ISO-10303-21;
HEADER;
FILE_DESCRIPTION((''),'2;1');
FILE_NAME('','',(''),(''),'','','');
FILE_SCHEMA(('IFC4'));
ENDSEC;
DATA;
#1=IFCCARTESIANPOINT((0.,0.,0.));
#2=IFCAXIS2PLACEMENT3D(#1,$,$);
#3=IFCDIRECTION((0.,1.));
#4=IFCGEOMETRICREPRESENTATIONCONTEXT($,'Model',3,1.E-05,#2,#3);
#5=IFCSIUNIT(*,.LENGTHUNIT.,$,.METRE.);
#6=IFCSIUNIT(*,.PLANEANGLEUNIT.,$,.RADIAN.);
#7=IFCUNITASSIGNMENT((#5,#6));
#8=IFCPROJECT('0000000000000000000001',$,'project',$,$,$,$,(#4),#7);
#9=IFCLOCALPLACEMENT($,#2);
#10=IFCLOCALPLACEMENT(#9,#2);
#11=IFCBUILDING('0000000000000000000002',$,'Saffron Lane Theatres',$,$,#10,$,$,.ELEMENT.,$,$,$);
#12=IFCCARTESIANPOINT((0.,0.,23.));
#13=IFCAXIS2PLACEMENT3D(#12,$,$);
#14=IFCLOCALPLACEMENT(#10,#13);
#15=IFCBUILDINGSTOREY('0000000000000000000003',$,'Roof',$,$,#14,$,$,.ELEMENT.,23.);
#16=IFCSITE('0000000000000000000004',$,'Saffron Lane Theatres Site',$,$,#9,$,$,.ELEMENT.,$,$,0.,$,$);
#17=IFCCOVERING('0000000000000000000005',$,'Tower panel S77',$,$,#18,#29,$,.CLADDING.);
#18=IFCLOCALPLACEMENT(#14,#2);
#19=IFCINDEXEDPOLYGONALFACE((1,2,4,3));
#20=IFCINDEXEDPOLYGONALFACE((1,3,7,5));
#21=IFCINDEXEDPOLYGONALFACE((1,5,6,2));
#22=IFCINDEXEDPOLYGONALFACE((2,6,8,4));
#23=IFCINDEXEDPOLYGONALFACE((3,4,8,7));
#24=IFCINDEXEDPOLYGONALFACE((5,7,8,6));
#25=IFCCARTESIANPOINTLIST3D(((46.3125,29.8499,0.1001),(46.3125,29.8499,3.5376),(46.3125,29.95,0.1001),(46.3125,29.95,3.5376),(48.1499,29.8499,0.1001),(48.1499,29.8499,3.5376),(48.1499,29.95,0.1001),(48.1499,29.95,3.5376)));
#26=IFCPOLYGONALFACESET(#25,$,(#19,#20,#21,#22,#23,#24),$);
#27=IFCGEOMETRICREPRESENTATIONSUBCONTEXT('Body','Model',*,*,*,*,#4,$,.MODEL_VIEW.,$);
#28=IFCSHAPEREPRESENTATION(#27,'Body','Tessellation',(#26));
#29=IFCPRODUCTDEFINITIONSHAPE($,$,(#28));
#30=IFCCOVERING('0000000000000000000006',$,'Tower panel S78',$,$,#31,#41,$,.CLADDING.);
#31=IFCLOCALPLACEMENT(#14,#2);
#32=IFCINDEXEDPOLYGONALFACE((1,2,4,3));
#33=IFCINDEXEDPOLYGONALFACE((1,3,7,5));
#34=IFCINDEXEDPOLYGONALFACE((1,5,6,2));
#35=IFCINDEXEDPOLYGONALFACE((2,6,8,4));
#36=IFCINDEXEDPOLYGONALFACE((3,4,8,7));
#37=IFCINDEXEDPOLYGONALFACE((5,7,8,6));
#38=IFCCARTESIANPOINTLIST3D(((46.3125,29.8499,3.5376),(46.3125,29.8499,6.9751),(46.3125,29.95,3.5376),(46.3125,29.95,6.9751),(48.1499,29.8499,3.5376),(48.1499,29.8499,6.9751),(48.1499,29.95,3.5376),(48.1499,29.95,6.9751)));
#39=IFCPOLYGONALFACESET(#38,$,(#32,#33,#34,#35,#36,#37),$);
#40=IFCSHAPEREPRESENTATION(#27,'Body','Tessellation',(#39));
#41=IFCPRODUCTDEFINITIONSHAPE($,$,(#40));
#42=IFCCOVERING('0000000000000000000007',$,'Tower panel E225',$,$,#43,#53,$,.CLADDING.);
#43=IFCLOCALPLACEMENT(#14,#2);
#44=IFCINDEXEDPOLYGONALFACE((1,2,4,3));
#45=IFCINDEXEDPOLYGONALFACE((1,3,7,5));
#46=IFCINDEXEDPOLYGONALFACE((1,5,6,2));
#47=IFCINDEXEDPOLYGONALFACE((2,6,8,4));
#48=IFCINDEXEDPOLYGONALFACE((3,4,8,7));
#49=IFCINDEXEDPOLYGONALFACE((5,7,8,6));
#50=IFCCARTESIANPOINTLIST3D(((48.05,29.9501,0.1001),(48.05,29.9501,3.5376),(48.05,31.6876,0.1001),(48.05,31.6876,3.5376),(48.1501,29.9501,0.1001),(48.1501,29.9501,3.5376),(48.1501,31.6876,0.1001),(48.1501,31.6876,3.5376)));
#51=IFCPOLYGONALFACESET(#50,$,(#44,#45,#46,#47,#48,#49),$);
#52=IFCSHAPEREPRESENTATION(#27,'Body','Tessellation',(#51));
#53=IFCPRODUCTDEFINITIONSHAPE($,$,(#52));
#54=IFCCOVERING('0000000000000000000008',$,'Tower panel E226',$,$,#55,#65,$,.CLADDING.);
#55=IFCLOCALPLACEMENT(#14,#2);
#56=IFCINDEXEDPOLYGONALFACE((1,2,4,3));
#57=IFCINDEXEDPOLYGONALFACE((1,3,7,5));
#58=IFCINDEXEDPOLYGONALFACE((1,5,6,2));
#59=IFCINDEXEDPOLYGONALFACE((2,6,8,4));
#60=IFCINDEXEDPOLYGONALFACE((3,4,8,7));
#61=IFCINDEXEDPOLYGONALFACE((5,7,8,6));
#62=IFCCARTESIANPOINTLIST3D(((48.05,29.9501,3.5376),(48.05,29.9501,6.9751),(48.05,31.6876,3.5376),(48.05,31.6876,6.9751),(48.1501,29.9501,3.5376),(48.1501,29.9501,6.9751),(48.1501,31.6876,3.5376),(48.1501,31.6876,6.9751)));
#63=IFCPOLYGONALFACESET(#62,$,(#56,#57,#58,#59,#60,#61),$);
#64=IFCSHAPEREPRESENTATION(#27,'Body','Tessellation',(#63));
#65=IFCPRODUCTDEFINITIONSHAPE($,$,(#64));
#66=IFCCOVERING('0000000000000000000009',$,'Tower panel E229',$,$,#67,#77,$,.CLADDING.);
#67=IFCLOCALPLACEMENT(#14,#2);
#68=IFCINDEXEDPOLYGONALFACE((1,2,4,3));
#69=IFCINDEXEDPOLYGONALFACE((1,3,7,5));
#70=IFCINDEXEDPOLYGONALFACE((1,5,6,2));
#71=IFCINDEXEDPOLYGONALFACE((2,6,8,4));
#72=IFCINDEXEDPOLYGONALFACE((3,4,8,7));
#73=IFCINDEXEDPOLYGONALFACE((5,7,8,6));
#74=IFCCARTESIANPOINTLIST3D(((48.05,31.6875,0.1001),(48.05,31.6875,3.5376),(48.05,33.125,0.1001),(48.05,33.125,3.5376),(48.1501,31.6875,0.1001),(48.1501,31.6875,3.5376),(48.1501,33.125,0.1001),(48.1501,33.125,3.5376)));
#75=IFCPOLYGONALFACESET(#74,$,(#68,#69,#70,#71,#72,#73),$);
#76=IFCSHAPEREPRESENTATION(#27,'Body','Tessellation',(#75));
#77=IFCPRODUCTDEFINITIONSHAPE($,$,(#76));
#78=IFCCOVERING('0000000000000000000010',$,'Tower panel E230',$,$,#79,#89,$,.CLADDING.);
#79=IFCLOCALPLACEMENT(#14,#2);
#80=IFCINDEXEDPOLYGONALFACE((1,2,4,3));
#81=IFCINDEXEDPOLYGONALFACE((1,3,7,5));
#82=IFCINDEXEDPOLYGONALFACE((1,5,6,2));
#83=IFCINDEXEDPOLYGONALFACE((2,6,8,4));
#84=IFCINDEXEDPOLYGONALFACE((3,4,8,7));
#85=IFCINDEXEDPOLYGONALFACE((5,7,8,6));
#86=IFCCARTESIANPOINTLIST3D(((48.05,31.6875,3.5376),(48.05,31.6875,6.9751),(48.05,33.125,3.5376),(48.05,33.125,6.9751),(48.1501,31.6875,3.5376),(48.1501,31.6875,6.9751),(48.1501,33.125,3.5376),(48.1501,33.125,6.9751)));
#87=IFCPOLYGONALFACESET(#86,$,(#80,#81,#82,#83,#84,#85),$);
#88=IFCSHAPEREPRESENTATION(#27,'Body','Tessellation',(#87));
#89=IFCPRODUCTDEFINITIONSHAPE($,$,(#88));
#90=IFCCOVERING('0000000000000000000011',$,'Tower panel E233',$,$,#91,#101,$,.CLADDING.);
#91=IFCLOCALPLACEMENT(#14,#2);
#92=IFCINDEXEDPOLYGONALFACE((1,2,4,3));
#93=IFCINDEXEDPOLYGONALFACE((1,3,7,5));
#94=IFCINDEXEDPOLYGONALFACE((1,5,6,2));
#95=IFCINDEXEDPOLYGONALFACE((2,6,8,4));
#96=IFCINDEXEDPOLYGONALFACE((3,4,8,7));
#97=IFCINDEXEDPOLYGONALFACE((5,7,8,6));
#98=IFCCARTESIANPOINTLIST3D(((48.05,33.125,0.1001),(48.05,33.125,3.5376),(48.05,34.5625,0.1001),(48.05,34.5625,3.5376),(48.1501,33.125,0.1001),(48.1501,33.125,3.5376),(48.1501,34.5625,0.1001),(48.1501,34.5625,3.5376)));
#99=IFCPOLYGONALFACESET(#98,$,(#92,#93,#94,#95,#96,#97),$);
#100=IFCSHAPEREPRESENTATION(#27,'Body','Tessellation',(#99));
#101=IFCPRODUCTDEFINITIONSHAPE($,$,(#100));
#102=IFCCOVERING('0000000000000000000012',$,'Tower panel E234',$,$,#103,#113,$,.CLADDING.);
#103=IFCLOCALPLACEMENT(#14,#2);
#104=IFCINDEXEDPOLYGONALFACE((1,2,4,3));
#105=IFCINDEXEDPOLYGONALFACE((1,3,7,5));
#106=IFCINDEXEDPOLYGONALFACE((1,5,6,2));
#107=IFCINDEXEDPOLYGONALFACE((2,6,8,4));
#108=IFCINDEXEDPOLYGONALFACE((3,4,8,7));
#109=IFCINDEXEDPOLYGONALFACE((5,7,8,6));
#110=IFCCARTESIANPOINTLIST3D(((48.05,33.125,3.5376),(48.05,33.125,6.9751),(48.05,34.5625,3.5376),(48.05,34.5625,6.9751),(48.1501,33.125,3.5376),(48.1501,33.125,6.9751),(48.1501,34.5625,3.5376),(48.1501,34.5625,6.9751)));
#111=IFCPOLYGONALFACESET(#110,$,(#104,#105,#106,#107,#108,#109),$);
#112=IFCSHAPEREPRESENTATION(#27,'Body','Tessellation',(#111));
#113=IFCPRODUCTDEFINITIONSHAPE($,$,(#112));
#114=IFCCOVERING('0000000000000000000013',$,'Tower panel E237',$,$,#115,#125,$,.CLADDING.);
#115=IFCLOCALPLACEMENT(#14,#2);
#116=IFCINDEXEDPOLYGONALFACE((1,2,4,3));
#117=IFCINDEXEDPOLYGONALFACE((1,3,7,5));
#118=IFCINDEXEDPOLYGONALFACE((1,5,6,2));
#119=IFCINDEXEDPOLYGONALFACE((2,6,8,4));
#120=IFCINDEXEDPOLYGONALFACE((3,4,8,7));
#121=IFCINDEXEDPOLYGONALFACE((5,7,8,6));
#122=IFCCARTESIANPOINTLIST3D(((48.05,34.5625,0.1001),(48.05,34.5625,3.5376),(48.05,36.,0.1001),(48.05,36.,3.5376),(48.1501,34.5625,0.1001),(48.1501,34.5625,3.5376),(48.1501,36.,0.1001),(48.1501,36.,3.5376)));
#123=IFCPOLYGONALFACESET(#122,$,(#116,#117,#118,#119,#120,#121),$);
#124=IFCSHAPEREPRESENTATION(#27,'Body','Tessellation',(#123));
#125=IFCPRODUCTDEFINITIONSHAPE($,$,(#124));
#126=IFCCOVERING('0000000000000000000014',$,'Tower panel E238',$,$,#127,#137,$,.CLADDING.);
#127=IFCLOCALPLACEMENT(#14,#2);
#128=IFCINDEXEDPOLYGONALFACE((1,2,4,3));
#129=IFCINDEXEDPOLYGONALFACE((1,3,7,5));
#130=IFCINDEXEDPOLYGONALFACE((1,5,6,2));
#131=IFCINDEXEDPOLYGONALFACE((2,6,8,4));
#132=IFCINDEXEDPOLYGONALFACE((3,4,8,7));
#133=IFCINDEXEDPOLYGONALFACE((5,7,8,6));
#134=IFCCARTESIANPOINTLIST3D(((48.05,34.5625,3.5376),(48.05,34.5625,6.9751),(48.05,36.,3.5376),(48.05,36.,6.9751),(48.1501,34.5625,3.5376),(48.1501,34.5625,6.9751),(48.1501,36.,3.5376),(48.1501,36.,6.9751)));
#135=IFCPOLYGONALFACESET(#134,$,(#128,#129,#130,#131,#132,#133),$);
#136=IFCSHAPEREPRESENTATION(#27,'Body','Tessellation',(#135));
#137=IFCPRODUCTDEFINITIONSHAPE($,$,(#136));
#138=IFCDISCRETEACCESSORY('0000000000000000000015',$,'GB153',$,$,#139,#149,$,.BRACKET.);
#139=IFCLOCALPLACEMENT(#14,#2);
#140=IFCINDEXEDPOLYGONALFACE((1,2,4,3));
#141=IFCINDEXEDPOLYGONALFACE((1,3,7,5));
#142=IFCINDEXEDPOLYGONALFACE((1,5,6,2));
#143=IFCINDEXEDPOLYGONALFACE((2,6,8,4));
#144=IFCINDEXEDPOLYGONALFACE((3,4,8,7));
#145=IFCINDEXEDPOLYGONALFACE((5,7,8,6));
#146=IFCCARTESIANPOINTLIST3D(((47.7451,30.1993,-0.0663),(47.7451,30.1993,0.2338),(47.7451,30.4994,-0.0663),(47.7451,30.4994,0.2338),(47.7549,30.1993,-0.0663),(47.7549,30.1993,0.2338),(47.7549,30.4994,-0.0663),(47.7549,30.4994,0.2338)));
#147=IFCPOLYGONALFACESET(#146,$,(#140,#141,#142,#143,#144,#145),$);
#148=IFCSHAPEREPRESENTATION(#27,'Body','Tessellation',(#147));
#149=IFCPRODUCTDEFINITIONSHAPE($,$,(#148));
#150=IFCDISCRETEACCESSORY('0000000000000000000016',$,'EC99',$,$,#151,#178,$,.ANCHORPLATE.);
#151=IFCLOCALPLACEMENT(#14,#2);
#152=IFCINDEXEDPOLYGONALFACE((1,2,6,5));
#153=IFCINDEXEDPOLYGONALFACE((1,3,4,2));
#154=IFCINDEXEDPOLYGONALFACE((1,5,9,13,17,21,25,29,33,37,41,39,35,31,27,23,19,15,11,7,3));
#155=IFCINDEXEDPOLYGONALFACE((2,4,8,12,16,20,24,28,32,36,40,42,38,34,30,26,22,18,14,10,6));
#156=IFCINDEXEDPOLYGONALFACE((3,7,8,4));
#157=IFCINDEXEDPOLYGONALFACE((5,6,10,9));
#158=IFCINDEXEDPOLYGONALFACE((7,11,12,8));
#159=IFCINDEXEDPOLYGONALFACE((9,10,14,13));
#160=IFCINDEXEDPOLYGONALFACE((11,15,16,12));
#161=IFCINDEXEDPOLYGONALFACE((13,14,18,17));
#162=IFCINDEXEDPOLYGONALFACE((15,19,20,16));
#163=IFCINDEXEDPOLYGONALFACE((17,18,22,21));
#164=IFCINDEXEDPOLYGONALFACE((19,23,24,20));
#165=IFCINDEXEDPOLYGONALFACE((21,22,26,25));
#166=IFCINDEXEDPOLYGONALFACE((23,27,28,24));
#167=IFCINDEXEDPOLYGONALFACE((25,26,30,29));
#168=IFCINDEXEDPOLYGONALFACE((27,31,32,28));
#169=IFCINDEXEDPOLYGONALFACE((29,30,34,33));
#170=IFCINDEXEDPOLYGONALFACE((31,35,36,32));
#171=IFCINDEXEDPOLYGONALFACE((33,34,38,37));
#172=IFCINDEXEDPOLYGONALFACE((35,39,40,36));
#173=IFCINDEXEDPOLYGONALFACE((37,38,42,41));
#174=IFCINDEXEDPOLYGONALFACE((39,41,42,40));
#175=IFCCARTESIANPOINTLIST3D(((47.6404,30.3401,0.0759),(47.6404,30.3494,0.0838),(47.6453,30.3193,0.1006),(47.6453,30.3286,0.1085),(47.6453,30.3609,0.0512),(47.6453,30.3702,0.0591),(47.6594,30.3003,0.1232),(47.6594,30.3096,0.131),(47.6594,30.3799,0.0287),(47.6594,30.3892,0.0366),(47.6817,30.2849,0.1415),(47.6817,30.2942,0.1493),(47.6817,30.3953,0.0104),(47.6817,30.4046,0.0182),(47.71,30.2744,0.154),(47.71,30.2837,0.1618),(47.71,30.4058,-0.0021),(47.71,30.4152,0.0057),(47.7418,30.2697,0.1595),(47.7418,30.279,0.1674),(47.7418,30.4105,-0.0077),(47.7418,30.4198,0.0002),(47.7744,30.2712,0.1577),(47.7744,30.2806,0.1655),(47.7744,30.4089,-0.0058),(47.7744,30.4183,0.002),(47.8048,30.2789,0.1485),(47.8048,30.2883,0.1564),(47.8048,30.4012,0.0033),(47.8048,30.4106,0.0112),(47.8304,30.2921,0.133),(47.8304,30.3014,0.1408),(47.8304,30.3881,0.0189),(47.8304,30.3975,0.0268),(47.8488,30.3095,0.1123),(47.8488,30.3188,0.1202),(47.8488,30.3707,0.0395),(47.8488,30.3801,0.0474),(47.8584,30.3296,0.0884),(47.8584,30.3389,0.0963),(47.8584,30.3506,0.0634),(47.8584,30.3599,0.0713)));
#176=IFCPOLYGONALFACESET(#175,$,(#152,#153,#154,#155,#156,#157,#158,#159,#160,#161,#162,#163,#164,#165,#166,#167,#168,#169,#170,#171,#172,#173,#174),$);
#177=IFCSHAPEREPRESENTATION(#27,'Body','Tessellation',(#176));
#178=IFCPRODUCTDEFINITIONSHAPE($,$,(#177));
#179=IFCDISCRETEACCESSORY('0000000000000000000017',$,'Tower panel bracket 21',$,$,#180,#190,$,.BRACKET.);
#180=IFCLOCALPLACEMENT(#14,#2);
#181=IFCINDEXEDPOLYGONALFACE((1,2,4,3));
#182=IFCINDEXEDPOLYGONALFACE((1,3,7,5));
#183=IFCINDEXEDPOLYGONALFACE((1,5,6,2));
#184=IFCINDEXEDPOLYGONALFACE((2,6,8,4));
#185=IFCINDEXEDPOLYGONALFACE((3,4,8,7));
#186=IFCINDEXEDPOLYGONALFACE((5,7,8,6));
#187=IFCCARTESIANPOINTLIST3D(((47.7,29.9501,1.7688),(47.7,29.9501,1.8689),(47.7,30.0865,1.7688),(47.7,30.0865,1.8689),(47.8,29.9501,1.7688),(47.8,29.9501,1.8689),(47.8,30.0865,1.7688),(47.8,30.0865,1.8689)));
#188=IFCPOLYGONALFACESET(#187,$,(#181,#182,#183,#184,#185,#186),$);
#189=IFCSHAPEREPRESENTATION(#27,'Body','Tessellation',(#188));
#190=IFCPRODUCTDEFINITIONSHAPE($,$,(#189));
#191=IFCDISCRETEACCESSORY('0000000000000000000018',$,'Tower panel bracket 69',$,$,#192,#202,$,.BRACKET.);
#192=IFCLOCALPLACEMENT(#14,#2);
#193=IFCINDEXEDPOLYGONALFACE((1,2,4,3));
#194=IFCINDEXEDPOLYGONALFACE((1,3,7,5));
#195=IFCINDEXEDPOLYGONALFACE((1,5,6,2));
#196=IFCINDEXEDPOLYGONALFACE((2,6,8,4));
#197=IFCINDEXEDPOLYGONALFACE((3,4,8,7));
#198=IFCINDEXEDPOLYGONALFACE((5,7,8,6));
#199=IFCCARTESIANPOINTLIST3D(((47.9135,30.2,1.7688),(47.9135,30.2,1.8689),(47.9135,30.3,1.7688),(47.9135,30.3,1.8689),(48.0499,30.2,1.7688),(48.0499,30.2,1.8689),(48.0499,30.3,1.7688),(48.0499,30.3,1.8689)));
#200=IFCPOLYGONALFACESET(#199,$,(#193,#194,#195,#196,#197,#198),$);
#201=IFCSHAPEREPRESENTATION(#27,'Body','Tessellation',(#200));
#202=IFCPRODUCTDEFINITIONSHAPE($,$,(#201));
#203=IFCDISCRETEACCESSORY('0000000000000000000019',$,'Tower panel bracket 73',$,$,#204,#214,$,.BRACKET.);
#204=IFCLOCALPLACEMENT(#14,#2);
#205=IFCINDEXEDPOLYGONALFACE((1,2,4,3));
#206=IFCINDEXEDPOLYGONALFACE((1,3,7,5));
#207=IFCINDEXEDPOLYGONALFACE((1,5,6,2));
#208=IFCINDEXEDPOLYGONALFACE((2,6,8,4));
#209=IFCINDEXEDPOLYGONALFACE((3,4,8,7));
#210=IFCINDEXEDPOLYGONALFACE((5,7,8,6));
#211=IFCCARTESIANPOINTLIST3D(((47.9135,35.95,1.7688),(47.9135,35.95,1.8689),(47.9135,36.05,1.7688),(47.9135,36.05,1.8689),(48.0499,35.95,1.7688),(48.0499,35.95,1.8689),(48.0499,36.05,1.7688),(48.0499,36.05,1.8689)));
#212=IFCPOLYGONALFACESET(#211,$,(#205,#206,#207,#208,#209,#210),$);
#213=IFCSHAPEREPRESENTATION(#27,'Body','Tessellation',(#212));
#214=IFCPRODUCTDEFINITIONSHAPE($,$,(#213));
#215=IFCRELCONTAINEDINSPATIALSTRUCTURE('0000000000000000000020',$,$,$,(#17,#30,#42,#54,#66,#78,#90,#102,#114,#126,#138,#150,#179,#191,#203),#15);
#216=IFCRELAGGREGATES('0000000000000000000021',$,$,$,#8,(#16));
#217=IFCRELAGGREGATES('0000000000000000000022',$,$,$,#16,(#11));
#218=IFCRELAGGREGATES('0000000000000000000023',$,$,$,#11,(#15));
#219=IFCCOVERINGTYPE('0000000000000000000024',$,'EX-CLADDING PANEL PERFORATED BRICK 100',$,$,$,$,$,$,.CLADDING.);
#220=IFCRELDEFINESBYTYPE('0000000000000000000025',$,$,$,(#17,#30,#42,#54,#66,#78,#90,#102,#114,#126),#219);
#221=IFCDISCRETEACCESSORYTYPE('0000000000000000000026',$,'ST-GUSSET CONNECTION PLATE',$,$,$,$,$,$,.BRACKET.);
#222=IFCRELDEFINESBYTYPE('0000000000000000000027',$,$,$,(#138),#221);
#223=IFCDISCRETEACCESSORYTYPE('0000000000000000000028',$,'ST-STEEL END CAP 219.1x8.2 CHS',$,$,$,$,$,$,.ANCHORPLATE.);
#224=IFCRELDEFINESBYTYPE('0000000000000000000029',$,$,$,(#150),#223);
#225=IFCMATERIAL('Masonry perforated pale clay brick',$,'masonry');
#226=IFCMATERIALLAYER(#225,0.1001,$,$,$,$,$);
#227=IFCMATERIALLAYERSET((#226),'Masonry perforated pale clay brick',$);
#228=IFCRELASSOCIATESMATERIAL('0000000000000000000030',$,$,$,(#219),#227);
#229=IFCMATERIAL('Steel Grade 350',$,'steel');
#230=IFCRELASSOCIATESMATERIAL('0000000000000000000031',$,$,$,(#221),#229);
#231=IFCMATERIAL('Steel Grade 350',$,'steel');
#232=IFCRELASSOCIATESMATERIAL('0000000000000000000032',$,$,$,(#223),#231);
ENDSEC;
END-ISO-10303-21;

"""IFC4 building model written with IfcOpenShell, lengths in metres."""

from ifc_helpers import new_model, si_unit, direction, frame, origin, origin_2d, place, context, subcontext, project, spatial, rectangle, circle, extrude, material, layer, layer_set, material_profile, profile_set, type_object, element, save


model = new_model("IFC4")

# Units and contexts
model_context = context("Model", 3, precision=1e-05, world=origin(), true_north=direction((0.0, 1.0)))
body_context = subcontext(model_context, "Body", "Model", "MODEL_VIEW")
ifc_project = project(units=[si_unit("LENGTHUNIT", "METRE"), si_unit("PLANEANGLEUNIT", "RADIAN")], contexts=[model_context])

# Site, building, storey
site_placement = place(None, origin())
site = spatial("IfcSite", under=ifc_project, at=site_placement, Name="Saffron Lane Theatres Site", CompositionType="ELEMENT", RefElevation=0.0)
building_placement = place(site_placement, origin())
building = spatial("IfcBuilding", under=site, at=building_placement, Name="Saffron Lane Theatres", CompositionType="ELEMENT")
storey_placement = place(building_placement, frame((0.0, 0.0, 23.0)))
storey = spatial("IfcBuildingStorey", under=building, at=storey_placement, Name="Roof", CompositionType="ELEMENT", Elevation=23.0)

# Coverings
ifc_material_1 = material(Name="Masonry perforated pale clay brick", Category="masonry")
ifc_layer_1 = layer(ifc_material_1, 0.1001)
ifc_layer_set_1 = layer_set([ifc_layer_1], Name="Masonry perforated pale clay brick")
covering_type_1 = type_object("IfcCoveringType", Name="EX-CLADDING PANEL PERFORATED BRICK 100", PredefinedType="CLADDING", material=ifc_layer_set_1)
for number, where, z_axis, x_axis, name in (
    (1, (47.2312, 29.8999, 0.1001), (0.0, 0.0, 1.0), (1.0, 0.0, 0.0), "Tower panel S77"),
    (2, (47.2312, 29.8999, 3.5376), (0.0, 0.0, 1.0), (1.0, 0.0, 0.0), "Tower panel S78"),
):
    element("IfcCovering", number, at=place(storey_placement, frame(where, z_axis=z_axis, x_axis=x_axis)), inside=storey, type_object=covering_type_1, Name=name, PredefinedType="CLADDING", context=body_context, shape_type="SweptSolid", body=[
        extrude(rectangle(XDim=1.8374, YDim=0.1001, at=origin_2d()), origin(), (0.0, 0.0, 1.0), 3.4375),
    ])
for number, where, z_axis, x_axis, name in (
    (3, (48.1001, 30.8188, 0.1001), (0.0, 0.0, 1.0), (0.0, 1.0, 0.0), "Tower panel E225"),
    (4, (48.1001, 30.8188, 3.5376), (0.0, 0.0, 1.0), (0.0, 1.0, 0.0), "Tower panel E226"),
):
    element("IfcCovering", number, at=place(storey_placement, frame(where, z_axis=z_axis, x_axis=x_axis)), inside=storey, type_object=covering_type_1, Name=name, PredefinedType="CLADDING", context=body_context, shape_type="SweptSolid", body=[
        extrude(rectangle(XDim=1.7375, YDim=0.1001, at=origin_2d()), origin(), (0.0, 0.0, 1.0), 3.4375),
    ])
for number, where, z_axis, x_axis, name in (
    (5, (48.1001, 32.4062, 0.1001), (0.0, 0.0, 1.0), (0.0, 1.0, 0.0), "Tower panel E229"),
    (6, (48.1001, 32.4062, 3.5376), (0.0, 0.0, 1.0), (0.0, 1.0, 0.0), "Tower panel E230"),
    (7, (48.1001, 33.8438, 0.1001), (0.0, 0.0, 1.0), (0.0, 1.0, 0.0), "Tower panel E233"),
    (8, (48.1001, 33.8438, 3.5376), (0.0, 0.0, 1.0), (0.0, 1.0, 0.0), "Tower panel E234"),
    (9, (48.1001, 35.2812, 0.1001), (0.0, 0.0, 1.0), (0.0, 1.0, 0.0), "Tower panel E237"),
    (10, (48.1001, 35.2812, 3.5376), (0.0, 0.0, 1.0), (0.0, 1.0, 0.0), "Tower panel E238"),
):
    element("IfcCovering", number, at=place(storey_placement, frame(where, z_axis=z_axis, x_axis=x_axis)), inside=storey, type_object=covering_type_1, Name=name, PredefinedType="CLADDING", context=body_context, shape_type="SweptSolid", body=[
        extrude(rectangle(XDim=1.4375, YDim=0.1001, at=origin_2d()), origin(), (0.0, 0.0, 1.0), 3.4375),
    ])

# Discrete accessories
ifc_material_2 = material(Name="Steel Grade 350", Category="steel")
ifc_material_profile_1 = material_profile(ifc_material_2, rectangle(XDim=0.3, YDim=0.3, at=origin_2d()))
ifc_profile_set_1 = profile_set([ifc_material_profile_1], Name="Steel Grade 350")
discrete_accessory_type_1 = type_object("IfcDiscreteAccessoryType", Name="ST-GUSSET CONNECTION PLATE", PredefinedType="BRACKET", material=ifc_profile_set_1)
discrete_accessory_1_placement = place(storey_placement, frame((47.7451, 30.3494, 0.0837), z_axis=(1.0, 0.0, 0.0), x_axis=(0.0, 1.0, 0.0)))
element("IfcDiscreteAccessory", 11, at=discrete_accessory_1_placement, inside=storey, type_object=discrete_accessory_type_1, Name="GB153", PredefinedType="BRACKET", context=body_context, shape_type="SweptSolid", body=[
    extrude(rectangle(XDim=0.3, YDim=0.3, at=origin_2d()), origin(), (0.0, 0.0, 1.0), 0.0098),
])
ifc_material_3 = material(Name="Steel Grade 350", Category="steel")
ifc_material_profile_2 = material_profile(ifc_material_3, circle(Radius=0.1096, at=origin_2d()))
ifc_profile_set_2 = profile_set([ifc_material_profile_2], Name="Steel Grade 350")
discrete_accessory_type_2 = type_object("IfcDiscreteAccessoryType", Name="ST-STEEL END CAP 219.1x8.2 CHS", PredefinedType="ANCHORPLATE", material=ifc_profile_set_2)
discrete_accessory_2_placement = place(storey_placement, frame((47.75, 30.3401, 0.0759), z_axis=(0.0, 0.764911, 0.644136), x_axis=(-1.0, 0.0, 0.0)))
element("IfcDiscreteAccessory", 12, at=discrete_accessory_2_placement, inside=storey, type_object=discrete_accessory_type_2, Name="EC99", PredefinedType="ANCHORPLATE", context=body_context, shape_type="SweptSolid", body=[
    extrude(circle(Radius=0.1096, at=origin_2d()), origin(), (0.0, 0.0, 1.0), 0.0122),
])
for number, where, z_axis, x_axis, name in (
    (13, (47.75, 30.0183, 1.7688), (0.0, 0.0, 1.0), (1.0, 0.0, 0.0), "Tower panel bracket 21"),
    (14, (47.9817, 30.25, 1.7688), (0.0, 0.0, 1.0), (0.0, 1.0, 0.0), "Tower panel bracket 69"),
    (15, (47.9817, 36.0, 1.7688), (0.0, 0.0, 1.0), (0.0, 1.0, 0.0), "Tower panel bracket 73"),
):
    element("IfcDiscreteAccessory", number, at=place(storey_placement, frame(where, z_axis=z_axis, x_axis=x_axis)), inside=storey, Name=name, PredefinedType="BRACKET", context=body_context, shape_type="SweptSolid", body=[
        extrude(rectangle(XDim=0.1001, YDim=0.1365, at=origin_2d()), origin(), (0.0, 0.0, 1.0), 0.1001),
    ])

save(model, "model.ifc")
